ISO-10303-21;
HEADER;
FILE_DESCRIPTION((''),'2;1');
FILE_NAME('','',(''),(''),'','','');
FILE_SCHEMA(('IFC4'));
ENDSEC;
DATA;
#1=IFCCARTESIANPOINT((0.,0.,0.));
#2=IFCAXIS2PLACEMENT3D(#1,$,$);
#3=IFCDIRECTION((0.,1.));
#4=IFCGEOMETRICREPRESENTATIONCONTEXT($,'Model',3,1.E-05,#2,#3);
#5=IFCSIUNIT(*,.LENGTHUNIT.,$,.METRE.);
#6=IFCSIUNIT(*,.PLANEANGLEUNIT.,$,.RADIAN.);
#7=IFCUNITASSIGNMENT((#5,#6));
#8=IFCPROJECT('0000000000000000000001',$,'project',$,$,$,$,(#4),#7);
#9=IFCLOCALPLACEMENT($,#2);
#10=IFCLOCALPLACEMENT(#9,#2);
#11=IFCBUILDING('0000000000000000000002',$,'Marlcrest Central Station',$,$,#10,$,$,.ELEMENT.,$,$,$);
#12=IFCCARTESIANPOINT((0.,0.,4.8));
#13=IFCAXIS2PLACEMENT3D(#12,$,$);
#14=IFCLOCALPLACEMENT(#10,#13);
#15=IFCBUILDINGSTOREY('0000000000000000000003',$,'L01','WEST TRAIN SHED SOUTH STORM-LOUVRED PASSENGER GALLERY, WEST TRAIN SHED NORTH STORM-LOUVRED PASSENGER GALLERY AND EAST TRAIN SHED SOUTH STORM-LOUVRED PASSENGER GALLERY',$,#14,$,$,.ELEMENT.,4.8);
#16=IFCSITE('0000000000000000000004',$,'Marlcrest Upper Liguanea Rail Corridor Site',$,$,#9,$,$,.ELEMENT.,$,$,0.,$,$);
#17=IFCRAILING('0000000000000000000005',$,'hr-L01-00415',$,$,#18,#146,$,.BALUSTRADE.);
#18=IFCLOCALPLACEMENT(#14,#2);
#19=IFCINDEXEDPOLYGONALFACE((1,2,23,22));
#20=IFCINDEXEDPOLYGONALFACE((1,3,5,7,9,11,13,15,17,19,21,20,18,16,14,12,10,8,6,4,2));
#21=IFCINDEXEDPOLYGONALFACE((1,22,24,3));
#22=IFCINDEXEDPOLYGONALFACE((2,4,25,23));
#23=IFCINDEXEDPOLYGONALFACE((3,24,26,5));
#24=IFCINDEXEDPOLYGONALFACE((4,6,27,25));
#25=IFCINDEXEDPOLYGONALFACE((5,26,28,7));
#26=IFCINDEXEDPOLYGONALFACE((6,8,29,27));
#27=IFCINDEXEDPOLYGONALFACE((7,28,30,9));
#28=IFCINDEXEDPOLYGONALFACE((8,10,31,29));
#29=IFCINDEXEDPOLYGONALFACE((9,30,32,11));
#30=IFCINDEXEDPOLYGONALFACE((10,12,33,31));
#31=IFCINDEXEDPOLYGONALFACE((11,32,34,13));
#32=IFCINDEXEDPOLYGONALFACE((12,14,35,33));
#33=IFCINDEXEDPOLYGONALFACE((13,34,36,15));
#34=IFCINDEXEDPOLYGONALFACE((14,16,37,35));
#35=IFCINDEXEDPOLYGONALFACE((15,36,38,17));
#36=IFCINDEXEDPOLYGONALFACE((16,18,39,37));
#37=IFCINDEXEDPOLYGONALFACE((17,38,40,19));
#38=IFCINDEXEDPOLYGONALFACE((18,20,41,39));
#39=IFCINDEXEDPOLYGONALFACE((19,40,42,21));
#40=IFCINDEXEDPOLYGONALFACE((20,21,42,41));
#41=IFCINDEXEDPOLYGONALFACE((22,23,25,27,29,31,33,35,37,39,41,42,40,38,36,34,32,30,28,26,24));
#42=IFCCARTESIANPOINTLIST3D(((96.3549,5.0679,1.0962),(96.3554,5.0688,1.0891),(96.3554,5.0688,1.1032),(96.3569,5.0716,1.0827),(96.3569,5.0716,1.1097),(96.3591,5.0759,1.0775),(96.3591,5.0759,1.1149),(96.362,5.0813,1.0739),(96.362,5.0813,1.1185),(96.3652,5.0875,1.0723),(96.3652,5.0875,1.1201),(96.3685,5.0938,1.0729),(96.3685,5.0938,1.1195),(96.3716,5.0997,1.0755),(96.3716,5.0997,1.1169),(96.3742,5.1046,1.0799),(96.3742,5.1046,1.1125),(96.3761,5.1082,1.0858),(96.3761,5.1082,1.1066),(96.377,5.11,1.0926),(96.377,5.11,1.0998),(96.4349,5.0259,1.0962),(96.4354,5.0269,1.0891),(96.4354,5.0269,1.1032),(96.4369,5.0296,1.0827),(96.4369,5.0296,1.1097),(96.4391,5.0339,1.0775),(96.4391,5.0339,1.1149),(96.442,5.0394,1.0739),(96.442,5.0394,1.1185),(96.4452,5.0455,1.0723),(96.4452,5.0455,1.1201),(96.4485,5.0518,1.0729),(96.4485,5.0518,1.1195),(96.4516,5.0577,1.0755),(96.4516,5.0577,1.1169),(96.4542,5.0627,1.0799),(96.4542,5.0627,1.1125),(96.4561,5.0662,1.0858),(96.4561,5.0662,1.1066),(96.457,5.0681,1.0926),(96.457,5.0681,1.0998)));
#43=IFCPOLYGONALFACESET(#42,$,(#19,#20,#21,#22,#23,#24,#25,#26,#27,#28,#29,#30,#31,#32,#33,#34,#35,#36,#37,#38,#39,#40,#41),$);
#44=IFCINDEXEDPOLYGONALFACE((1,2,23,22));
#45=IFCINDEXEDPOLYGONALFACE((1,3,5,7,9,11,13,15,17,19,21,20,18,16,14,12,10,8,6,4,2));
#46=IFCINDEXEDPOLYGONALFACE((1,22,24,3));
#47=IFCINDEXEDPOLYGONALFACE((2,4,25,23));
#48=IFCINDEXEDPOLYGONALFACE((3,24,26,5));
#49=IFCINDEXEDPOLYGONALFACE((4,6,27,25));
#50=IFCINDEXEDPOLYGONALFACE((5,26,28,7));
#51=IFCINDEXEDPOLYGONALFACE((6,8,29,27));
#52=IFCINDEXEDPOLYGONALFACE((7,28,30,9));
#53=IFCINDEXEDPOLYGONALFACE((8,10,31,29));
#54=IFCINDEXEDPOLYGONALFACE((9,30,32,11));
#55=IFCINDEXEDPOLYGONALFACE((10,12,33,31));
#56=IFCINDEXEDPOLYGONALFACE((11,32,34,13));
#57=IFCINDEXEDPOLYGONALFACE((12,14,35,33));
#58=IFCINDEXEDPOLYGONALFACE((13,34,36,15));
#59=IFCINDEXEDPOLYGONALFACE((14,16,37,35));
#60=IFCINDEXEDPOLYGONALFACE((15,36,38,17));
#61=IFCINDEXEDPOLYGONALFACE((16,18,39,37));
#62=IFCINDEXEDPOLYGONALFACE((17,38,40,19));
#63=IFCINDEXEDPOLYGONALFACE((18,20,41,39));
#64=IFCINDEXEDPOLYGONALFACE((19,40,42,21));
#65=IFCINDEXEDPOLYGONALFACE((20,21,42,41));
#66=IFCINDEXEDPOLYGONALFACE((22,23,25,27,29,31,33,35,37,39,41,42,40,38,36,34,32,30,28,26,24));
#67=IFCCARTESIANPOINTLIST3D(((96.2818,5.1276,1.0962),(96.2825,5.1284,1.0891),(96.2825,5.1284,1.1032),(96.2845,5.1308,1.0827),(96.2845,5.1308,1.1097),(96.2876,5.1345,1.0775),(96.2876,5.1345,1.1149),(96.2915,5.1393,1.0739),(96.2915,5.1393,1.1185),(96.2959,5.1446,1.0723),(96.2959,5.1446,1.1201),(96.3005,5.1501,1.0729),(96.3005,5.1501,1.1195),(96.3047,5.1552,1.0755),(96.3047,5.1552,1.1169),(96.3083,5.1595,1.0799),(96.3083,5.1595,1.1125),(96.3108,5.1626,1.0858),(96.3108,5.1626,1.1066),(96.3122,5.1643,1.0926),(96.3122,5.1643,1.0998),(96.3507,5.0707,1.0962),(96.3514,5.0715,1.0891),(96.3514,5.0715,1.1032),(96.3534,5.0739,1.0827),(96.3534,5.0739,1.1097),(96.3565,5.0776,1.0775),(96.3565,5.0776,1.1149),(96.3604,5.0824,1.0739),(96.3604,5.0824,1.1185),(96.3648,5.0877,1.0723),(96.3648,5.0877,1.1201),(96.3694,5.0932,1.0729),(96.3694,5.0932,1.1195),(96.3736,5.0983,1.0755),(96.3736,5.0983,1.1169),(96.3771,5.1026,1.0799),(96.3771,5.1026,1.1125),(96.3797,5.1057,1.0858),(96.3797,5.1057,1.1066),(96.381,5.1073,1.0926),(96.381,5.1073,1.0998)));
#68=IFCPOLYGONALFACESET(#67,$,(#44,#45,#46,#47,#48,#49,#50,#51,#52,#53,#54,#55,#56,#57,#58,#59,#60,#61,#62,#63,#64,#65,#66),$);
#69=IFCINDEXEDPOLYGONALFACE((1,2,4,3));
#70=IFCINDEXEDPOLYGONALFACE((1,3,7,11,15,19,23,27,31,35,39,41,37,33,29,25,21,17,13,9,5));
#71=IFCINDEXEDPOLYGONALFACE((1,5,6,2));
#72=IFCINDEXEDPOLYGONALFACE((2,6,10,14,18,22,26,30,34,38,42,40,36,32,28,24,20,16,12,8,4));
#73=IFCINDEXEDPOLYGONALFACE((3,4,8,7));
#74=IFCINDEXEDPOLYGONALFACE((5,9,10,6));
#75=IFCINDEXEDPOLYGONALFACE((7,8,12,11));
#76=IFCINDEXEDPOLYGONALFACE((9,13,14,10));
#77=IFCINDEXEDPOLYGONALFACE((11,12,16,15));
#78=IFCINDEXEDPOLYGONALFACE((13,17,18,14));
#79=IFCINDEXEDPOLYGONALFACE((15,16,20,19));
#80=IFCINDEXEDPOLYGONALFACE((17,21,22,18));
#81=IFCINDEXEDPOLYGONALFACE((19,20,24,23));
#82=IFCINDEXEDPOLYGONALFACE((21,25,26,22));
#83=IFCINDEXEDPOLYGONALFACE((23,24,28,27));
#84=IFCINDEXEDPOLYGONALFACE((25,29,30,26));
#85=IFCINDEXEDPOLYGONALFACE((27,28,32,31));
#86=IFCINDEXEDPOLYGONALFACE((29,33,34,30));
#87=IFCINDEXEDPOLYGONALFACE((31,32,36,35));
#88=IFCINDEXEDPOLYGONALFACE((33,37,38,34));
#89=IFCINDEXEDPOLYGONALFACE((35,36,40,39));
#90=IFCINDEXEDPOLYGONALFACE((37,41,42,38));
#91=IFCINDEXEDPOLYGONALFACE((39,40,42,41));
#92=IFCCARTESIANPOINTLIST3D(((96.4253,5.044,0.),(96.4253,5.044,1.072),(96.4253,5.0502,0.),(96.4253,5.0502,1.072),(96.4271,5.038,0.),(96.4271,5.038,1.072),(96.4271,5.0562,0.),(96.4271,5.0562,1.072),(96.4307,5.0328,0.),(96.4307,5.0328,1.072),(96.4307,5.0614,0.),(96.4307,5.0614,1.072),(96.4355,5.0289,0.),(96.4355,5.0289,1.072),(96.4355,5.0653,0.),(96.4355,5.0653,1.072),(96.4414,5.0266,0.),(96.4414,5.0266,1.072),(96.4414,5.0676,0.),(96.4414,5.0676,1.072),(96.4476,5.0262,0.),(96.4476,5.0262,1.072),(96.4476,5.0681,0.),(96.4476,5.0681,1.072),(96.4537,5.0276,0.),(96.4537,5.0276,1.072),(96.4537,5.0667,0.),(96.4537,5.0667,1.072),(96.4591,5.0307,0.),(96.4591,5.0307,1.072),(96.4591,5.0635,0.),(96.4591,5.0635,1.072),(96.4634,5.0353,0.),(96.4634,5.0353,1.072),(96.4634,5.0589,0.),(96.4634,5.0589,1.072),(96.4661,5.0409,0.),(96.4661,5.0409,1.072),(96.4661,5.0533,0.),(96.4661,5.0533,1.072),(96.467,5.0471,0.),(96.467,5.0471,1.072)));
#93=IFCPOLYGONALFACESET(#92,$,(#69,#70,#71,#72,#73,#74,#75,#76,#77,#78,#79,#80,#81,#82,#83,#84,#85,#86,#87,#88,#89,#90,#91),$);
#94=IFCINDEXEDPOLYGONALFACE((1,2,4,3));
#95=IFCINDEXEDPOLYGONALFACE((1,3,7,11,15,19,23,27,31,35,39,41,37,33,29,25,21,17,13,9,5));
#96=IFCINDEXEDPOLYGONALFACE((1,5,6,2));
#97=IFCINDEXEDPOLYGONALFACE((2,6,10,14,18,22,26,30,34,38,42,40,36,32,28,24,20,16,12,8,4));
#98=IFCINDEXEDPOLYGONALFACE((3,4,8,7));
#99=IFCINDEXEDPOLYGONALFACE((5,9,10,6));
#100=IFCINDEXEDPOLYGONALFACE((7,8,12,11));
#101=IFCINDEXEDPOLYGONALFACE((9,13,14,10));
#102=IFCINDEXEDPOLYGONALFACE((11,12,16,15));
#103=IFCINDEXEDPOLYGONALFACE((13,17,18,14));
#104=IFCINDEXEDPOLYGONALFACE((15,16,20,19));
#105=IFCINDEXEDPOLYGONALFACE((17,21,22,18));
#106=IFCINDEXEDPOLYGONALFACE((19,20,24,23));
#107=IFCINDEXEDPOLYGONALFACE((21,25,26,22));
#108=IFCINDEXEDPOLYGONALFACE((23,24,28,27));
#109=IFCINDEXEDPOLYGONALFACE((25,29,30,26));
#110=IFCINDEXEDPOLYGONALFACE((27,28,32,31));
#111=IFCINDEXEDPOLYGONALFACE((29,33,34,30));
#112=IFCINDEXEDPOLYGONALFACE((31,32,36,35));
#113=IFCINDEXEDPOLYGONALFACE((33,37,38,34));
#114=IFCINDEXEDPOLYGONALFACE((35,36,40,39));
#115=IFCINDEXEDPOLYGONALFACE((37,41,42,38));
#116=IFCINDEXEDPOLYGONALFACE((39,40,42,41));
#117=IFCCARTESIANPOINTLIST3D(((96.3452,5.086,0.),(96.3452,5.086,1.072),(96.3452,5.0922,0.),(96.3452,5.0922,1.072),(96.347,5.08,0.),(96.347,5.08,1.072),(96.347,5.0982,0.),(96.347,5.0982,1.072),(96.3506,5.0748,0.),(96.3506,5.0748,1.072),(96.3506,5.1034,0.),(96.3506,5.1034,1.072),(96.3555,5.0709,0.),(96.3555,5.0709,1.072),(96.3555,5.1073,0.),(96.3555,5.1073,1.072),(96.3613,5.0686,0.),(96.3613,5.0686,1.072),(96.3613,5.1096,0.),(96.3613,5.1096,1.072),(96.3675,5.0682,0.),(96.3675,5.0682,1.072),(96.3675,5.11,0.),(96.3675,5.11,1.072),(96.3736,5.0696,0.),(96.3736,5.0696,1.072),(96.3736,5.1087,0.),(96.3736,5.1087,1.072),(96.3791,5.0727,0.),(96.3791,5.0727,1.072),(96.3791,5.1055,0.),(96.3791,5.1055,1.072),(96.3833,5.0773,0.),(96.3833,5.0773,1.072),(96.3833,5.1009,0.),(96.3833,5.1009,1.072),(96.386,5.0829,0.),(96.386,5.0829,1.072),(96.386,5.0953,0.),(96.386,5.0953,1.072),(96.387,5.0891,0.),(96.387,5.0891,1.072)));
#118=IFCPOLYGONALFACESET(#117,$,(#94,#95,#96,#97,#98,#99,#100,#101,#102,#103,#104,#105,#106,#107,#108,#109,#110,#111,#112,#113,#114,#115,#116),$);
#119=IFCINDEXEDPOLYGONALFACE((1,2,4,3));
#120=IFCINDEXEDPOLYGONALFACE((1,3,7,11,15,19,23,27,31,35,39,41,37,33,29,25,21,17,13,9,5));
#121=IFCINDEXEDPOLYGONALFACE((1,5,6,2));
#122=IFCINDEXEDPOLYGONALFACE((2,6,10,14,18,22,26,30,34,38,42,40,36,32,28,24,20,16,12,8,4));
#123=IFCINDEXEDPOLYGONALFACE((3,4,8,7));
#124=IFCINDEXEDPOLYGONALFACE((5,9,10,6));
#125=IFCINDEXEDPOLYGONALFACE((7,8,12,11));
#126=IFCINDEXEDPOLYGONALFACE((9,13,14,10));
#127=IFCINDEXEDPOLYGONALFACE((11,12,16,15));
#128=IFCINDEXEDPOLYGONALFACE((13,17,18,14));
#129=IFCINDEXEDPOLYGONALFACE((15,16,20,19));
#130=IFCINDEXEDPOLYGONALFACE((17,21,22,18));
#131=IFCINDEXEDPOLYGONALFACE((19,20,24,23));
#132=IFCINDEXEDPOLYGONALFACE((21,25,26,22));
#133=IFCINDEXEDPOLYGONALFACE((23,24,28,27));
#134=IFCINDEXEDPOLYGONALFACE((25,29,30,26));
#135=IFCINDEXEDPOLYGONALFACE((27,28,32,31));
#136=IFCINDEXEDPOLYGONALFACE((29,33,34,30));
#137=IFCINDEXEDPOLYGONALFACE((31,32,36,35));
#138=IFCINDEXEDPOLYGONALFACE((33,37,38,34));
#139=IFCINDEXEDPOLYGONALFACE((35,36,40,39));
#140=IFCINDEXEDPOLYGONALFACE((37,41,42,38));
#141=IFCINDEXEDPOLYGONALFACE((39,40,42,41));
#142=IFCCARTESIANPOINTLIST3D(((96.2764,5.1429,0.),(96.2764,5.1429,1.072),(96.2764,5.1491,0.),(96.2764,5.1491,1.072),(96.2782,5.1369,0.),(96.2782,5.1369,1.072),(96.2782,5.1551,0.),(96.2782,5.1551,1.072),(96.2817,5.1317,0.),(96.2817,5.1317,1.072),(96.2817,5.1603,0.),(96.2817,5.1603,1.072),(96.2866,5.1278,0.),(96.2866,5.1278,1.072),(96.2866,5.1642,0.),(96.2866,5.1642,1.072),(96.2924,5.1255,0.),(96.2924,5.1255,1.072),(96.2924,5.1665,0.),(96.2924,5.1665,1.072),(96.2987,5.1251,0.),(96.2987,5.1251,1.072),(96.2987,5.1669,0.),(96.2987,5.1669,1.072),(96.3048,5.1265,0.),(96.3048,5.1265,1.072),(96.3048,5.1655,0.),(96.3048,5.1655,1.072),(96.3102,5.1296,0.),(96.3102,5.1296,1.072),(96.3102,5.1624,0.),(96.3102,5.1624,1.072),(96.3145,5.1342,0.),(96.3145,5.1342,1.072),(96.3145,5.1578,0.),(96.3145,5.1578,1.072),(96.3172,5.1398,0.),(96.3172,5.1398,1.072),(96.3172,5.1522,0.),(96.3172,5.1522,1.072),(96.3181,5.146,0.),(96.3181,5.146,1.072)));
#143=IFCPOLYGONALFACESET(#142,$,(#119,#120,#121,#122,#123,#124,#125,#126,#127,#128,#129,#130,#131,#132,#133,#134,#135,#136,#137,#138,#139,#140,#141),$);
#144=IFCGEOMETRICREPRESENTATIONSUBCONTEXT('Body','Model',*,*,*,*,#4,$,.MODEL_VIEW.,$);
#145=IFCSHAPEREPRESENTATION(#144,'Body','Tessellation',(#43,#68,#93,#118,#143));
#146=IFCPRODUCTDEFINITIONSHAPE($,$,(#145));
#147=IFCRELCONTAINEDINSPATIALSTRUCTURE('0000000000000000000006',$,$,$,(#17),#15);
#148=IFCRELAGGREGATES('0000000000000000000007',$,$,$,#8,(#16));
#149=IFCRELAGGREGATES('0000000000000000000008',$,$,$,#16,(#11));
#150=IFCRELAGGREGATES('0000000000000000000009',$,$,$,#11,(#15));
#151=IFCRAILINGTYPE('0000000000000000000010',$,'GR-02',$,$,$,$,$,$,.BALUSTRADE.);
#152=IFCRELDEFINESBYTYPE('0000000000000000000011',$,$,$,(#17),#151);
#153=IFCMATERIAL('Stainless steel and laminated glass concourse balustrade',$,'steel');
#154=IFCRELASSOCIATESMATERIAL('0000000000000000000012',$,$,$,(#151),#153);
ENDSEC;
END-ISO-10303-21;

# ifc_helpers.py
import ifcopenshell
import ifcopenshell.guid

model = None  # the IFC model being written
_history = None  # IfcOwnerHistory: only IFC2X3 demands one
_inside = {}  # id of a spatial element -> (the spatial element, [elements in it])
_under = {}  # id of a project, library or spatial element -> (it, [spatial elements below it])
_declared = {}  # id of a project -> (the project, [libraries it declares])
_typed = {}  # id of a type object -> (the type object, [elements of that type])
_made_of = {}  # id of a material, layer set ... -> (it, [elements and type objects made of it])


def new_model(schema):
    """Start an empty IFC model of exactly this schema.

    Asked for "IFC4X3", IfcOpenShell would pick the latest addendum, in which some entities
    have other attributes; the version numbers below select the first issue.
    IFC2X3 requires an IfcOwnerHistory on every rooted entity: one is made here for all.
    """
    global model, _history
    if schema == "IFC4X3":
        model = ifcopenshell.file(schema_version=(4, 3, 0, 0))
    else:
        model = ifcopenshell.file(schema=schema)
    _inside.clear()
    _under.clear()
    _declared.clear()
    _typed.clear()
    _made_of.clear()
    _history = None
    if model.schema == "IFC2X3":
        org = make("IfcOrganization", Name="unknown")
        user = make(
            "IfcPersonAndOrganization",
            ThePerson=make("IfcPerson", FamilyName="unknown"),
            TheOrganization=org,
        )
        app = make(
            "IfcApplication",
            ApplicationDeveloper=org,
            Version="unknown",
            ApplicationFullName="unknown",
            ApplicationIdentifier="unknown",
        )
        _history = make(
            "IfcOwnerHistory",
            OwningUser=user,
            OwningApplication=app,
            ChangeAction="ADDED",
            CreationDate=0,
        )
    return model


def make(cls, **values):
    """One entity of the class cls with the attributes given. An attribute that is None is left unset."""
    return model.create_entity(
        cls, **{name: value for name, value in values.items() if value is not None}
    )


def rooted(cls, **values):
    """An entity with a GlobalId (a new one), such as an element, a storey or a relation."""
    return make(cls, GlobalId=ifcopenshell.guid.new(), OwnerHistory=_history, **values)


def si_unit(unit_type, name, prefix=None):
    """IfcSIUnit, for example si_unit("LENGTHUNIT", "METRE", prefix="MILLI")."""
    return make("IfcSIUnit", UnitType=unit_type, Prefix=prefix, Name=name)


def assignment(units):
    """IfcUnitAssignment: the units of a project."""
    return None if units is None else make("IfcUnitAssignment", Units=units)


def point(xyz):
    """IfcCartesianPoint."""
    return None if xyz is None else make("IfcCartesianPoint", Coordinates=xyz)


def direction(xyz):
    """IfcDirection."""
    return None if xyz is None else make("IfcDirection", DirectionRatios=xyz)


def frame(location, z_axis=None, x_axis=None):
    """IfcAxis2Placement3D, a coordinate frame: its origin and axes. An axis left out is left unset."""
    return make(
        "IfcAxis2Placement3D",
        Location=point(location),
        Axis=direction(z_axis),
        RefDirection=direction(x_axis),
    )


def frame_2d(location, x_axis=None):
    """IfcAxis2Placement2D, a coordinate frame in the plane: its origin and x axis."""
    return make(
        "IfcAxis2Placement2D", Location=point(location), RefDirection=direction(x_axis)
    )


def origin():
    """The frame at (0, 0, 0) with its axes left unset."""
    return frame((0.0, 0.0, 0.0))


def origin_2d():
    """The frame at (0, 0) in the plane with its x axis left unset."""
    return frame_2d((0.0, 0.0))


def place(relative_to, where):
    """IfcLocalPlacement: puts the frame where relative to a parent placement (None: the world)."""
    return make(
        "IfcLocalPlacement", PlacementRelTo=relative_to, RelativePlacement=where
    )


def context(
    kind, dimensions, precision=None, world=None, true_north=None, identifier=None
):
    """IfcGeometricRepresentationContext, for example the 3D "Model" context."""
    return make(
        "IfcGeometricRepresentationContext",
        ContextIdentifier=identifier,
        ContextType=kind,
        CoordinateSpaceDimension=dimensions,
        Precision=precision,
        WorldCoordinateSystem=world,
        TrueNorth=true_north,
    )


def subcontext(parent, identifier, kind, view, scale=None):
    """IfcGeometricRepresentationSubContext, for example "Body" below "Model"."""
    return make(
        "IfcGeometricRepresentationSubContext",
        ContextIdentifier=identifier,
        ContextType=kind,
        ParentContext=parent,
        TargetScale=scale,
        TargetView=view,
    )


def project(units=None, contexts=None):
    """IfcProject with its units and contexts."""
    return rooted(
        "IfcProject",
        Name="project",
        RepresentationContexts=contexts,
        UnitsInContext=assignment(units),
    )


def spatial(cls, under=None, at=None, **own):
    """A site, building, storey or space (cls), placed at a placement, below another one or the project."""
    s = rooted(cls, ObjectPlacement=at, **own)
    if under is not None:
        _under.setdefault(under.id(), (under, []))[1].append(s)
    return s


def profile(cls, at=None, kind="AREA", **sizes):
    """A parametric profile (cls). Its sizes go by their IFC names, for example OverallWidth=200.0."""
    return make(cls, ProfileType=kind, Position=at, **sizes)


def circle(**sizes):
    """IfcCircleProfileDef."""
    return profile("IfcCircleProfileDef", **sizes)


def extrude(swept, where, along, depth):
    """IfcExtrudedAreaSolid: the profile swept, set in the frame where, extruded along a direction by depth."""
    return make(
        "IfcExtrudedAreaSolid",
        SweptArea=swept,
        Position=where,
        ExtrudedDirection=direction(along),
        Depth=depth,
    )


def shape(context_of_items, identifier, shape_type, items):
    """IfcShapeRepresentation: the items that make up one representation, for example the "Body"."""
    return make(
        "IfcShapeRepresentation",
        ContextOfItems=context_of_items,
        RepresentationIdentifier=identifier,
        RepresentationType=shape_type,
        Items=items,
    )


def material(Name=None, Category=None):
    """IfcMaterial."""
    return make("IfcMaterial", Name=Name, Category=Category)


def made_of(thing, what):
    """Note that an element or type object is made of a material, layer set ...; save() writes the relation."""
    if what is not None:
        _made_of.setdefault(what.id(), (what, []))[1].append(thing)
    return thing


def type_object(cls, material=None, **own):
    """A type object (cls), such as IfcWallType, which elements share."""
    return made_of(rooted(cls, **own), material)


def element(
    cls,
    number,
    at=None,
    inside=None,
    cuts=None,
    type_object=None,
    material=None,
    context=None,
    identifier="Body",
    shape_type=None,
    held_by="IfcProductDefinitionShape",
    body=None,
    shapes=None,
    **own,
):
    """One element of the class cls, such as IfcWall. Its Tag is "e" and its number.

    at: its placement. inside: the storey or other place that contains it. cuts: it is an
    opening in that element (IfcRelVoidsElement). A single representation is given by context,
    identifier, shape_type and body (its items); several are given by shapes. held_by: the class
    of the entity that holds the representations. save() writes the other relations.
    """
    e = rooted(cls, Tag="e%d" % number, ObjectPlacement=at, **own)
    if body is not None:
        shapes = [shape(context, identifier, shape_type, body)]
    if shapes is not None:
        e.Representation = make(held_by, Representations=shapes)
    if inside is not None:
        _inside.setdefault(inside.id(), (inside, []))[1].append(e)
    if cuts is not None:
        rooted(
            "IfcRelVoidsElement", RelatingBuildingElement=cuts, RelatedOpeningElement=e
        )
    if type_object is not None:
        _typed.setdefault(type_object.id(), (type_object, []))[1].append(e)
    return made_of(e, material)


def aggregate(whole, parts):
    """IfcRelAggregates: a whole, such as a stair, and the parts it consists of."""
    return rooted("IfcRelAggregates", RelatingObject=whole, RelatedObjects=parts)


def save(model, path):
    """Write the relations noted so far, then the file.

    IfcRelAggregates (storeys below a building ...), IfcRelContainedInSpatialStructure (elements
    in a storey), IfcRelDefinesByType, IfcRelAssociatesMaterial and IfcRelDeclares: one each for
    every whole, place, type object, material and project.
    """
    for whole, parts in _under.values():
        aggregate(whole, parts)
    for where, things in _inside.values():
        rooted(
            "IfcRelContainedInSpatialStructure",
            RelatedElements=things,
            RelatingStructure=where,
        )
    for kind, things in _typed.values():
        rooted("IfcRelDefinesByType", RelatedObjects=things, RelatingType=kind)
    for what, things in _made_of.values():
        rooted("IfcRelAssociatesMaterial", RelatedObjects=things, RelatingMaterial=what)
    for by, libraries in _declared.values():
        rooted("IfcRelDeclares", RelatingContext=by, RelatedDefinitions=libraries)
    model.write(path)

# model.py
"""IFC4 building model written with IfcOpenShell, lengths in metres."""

from ifc_helpers import new_model, si_unit, direction, frame, origin, origin_2d, place, context, subcontext, project, spatial, circle, extrude, material, type_object, element, save


model = new_model("IFC4")

# Units and contexts
model_context = context("Model", 3, precision=1e-05, world=origin(), true_north=direction((0.0, 1.0)))
body_context = subcontext(model_context, "Body", "Model", "MODEL_VIEW")
ifc_project = project(units=[si_unit("LENGTHUNIT", "METRE"), si_unit("PLANEANGLEUNIT", "RADIAN")], contexts=[model_context])

# Site, building, storey
site_placement = place(None, origin())
site = spatial("IfcSite", under=ifc_project, at=site_placement, Name="Marlcrest Upper Liguanea Rail Corridor Site", CompositionType="ELEMENT", RefElevation=0.0)
building_placement = place(site_placement, origin())
building = spatial("IfcBuilding", under=site, at=building_placement, Name="Marlcrest Central Station", CompositionType="ELEMENT")
storey_placement = place(building_placement, frame((0.0, 0.0, 4.8)))
storey = spatial("IfcBuildingStorey", under=building, at=storey_placement, Name="L01", Description="WEST TRAIN SHED SOUTH STORM-LOUVRED PASSENGER GALLERY, WEST TRAIN SHED NORTH STORM-LOUVRED PASSENGER GALLERY AND EAST TRAIN SHED SOUTH STORM-LOUVRED PASSENGER GALLERY", CompositionType="ELEMENT", Elevation=4.8)

# Railing
ifc_material_1 = material(Name="Stainless steel and laminated glass concourse balustrade", Category="steel")
railing_type = type_object("IfcRailingType", Name="GR-02", PredefinedType="BALUSTRADE", material=ifc_material_1)
railing_1_placement = place(storey_placement, frame((96.446, 5.0471, 0.0)))
element("IfcRailing", 1, at=railing_1_placement, inside=storey, type_object=railing_type, Name="hr-L01-00415", PredefinedType="BALUSTRADE", context=body_context, shape_type="SweptSolid", body=[
    extrude(circle(Radius=0.0239, at=origin_2d()), frame((0.0, 0.0, 1.0962), z_axis=(-0.88562, 0.464411, 0.0), x_axis=(-0.464411, -0.88562, 0.0)), (0.0, 0.0, 1.0), 0.0903),
    extrude(circle(Radius=0.0239, at=origin_2d()), frame((-0.0801, 0.042, 1.0962), z_axis=(-0.770903, 0.636952, 0.0), x_axis=(-0.636952, -0.770903, 0.0)), (0.0, 0.0, 1.0), 0.0894),
    extrude(circle(Radius=0.021, at=origin_2d()), origin(), (0.0, 0.0, 1.0), 1.072),
    extrude(circle(Radius=0.021, at=origin_2d()), frame((-0.0801, 0.042, 0.0)), (0.0, 0.0, 1.0), 1.072),
    extrude(circle(Radius=0.021, at=origin_2d()), frame((-0.1489, 0.0989, 0.0)), (0.0, 0.0, 1.0), 1.072),
])

save(model, "model.ifc")
